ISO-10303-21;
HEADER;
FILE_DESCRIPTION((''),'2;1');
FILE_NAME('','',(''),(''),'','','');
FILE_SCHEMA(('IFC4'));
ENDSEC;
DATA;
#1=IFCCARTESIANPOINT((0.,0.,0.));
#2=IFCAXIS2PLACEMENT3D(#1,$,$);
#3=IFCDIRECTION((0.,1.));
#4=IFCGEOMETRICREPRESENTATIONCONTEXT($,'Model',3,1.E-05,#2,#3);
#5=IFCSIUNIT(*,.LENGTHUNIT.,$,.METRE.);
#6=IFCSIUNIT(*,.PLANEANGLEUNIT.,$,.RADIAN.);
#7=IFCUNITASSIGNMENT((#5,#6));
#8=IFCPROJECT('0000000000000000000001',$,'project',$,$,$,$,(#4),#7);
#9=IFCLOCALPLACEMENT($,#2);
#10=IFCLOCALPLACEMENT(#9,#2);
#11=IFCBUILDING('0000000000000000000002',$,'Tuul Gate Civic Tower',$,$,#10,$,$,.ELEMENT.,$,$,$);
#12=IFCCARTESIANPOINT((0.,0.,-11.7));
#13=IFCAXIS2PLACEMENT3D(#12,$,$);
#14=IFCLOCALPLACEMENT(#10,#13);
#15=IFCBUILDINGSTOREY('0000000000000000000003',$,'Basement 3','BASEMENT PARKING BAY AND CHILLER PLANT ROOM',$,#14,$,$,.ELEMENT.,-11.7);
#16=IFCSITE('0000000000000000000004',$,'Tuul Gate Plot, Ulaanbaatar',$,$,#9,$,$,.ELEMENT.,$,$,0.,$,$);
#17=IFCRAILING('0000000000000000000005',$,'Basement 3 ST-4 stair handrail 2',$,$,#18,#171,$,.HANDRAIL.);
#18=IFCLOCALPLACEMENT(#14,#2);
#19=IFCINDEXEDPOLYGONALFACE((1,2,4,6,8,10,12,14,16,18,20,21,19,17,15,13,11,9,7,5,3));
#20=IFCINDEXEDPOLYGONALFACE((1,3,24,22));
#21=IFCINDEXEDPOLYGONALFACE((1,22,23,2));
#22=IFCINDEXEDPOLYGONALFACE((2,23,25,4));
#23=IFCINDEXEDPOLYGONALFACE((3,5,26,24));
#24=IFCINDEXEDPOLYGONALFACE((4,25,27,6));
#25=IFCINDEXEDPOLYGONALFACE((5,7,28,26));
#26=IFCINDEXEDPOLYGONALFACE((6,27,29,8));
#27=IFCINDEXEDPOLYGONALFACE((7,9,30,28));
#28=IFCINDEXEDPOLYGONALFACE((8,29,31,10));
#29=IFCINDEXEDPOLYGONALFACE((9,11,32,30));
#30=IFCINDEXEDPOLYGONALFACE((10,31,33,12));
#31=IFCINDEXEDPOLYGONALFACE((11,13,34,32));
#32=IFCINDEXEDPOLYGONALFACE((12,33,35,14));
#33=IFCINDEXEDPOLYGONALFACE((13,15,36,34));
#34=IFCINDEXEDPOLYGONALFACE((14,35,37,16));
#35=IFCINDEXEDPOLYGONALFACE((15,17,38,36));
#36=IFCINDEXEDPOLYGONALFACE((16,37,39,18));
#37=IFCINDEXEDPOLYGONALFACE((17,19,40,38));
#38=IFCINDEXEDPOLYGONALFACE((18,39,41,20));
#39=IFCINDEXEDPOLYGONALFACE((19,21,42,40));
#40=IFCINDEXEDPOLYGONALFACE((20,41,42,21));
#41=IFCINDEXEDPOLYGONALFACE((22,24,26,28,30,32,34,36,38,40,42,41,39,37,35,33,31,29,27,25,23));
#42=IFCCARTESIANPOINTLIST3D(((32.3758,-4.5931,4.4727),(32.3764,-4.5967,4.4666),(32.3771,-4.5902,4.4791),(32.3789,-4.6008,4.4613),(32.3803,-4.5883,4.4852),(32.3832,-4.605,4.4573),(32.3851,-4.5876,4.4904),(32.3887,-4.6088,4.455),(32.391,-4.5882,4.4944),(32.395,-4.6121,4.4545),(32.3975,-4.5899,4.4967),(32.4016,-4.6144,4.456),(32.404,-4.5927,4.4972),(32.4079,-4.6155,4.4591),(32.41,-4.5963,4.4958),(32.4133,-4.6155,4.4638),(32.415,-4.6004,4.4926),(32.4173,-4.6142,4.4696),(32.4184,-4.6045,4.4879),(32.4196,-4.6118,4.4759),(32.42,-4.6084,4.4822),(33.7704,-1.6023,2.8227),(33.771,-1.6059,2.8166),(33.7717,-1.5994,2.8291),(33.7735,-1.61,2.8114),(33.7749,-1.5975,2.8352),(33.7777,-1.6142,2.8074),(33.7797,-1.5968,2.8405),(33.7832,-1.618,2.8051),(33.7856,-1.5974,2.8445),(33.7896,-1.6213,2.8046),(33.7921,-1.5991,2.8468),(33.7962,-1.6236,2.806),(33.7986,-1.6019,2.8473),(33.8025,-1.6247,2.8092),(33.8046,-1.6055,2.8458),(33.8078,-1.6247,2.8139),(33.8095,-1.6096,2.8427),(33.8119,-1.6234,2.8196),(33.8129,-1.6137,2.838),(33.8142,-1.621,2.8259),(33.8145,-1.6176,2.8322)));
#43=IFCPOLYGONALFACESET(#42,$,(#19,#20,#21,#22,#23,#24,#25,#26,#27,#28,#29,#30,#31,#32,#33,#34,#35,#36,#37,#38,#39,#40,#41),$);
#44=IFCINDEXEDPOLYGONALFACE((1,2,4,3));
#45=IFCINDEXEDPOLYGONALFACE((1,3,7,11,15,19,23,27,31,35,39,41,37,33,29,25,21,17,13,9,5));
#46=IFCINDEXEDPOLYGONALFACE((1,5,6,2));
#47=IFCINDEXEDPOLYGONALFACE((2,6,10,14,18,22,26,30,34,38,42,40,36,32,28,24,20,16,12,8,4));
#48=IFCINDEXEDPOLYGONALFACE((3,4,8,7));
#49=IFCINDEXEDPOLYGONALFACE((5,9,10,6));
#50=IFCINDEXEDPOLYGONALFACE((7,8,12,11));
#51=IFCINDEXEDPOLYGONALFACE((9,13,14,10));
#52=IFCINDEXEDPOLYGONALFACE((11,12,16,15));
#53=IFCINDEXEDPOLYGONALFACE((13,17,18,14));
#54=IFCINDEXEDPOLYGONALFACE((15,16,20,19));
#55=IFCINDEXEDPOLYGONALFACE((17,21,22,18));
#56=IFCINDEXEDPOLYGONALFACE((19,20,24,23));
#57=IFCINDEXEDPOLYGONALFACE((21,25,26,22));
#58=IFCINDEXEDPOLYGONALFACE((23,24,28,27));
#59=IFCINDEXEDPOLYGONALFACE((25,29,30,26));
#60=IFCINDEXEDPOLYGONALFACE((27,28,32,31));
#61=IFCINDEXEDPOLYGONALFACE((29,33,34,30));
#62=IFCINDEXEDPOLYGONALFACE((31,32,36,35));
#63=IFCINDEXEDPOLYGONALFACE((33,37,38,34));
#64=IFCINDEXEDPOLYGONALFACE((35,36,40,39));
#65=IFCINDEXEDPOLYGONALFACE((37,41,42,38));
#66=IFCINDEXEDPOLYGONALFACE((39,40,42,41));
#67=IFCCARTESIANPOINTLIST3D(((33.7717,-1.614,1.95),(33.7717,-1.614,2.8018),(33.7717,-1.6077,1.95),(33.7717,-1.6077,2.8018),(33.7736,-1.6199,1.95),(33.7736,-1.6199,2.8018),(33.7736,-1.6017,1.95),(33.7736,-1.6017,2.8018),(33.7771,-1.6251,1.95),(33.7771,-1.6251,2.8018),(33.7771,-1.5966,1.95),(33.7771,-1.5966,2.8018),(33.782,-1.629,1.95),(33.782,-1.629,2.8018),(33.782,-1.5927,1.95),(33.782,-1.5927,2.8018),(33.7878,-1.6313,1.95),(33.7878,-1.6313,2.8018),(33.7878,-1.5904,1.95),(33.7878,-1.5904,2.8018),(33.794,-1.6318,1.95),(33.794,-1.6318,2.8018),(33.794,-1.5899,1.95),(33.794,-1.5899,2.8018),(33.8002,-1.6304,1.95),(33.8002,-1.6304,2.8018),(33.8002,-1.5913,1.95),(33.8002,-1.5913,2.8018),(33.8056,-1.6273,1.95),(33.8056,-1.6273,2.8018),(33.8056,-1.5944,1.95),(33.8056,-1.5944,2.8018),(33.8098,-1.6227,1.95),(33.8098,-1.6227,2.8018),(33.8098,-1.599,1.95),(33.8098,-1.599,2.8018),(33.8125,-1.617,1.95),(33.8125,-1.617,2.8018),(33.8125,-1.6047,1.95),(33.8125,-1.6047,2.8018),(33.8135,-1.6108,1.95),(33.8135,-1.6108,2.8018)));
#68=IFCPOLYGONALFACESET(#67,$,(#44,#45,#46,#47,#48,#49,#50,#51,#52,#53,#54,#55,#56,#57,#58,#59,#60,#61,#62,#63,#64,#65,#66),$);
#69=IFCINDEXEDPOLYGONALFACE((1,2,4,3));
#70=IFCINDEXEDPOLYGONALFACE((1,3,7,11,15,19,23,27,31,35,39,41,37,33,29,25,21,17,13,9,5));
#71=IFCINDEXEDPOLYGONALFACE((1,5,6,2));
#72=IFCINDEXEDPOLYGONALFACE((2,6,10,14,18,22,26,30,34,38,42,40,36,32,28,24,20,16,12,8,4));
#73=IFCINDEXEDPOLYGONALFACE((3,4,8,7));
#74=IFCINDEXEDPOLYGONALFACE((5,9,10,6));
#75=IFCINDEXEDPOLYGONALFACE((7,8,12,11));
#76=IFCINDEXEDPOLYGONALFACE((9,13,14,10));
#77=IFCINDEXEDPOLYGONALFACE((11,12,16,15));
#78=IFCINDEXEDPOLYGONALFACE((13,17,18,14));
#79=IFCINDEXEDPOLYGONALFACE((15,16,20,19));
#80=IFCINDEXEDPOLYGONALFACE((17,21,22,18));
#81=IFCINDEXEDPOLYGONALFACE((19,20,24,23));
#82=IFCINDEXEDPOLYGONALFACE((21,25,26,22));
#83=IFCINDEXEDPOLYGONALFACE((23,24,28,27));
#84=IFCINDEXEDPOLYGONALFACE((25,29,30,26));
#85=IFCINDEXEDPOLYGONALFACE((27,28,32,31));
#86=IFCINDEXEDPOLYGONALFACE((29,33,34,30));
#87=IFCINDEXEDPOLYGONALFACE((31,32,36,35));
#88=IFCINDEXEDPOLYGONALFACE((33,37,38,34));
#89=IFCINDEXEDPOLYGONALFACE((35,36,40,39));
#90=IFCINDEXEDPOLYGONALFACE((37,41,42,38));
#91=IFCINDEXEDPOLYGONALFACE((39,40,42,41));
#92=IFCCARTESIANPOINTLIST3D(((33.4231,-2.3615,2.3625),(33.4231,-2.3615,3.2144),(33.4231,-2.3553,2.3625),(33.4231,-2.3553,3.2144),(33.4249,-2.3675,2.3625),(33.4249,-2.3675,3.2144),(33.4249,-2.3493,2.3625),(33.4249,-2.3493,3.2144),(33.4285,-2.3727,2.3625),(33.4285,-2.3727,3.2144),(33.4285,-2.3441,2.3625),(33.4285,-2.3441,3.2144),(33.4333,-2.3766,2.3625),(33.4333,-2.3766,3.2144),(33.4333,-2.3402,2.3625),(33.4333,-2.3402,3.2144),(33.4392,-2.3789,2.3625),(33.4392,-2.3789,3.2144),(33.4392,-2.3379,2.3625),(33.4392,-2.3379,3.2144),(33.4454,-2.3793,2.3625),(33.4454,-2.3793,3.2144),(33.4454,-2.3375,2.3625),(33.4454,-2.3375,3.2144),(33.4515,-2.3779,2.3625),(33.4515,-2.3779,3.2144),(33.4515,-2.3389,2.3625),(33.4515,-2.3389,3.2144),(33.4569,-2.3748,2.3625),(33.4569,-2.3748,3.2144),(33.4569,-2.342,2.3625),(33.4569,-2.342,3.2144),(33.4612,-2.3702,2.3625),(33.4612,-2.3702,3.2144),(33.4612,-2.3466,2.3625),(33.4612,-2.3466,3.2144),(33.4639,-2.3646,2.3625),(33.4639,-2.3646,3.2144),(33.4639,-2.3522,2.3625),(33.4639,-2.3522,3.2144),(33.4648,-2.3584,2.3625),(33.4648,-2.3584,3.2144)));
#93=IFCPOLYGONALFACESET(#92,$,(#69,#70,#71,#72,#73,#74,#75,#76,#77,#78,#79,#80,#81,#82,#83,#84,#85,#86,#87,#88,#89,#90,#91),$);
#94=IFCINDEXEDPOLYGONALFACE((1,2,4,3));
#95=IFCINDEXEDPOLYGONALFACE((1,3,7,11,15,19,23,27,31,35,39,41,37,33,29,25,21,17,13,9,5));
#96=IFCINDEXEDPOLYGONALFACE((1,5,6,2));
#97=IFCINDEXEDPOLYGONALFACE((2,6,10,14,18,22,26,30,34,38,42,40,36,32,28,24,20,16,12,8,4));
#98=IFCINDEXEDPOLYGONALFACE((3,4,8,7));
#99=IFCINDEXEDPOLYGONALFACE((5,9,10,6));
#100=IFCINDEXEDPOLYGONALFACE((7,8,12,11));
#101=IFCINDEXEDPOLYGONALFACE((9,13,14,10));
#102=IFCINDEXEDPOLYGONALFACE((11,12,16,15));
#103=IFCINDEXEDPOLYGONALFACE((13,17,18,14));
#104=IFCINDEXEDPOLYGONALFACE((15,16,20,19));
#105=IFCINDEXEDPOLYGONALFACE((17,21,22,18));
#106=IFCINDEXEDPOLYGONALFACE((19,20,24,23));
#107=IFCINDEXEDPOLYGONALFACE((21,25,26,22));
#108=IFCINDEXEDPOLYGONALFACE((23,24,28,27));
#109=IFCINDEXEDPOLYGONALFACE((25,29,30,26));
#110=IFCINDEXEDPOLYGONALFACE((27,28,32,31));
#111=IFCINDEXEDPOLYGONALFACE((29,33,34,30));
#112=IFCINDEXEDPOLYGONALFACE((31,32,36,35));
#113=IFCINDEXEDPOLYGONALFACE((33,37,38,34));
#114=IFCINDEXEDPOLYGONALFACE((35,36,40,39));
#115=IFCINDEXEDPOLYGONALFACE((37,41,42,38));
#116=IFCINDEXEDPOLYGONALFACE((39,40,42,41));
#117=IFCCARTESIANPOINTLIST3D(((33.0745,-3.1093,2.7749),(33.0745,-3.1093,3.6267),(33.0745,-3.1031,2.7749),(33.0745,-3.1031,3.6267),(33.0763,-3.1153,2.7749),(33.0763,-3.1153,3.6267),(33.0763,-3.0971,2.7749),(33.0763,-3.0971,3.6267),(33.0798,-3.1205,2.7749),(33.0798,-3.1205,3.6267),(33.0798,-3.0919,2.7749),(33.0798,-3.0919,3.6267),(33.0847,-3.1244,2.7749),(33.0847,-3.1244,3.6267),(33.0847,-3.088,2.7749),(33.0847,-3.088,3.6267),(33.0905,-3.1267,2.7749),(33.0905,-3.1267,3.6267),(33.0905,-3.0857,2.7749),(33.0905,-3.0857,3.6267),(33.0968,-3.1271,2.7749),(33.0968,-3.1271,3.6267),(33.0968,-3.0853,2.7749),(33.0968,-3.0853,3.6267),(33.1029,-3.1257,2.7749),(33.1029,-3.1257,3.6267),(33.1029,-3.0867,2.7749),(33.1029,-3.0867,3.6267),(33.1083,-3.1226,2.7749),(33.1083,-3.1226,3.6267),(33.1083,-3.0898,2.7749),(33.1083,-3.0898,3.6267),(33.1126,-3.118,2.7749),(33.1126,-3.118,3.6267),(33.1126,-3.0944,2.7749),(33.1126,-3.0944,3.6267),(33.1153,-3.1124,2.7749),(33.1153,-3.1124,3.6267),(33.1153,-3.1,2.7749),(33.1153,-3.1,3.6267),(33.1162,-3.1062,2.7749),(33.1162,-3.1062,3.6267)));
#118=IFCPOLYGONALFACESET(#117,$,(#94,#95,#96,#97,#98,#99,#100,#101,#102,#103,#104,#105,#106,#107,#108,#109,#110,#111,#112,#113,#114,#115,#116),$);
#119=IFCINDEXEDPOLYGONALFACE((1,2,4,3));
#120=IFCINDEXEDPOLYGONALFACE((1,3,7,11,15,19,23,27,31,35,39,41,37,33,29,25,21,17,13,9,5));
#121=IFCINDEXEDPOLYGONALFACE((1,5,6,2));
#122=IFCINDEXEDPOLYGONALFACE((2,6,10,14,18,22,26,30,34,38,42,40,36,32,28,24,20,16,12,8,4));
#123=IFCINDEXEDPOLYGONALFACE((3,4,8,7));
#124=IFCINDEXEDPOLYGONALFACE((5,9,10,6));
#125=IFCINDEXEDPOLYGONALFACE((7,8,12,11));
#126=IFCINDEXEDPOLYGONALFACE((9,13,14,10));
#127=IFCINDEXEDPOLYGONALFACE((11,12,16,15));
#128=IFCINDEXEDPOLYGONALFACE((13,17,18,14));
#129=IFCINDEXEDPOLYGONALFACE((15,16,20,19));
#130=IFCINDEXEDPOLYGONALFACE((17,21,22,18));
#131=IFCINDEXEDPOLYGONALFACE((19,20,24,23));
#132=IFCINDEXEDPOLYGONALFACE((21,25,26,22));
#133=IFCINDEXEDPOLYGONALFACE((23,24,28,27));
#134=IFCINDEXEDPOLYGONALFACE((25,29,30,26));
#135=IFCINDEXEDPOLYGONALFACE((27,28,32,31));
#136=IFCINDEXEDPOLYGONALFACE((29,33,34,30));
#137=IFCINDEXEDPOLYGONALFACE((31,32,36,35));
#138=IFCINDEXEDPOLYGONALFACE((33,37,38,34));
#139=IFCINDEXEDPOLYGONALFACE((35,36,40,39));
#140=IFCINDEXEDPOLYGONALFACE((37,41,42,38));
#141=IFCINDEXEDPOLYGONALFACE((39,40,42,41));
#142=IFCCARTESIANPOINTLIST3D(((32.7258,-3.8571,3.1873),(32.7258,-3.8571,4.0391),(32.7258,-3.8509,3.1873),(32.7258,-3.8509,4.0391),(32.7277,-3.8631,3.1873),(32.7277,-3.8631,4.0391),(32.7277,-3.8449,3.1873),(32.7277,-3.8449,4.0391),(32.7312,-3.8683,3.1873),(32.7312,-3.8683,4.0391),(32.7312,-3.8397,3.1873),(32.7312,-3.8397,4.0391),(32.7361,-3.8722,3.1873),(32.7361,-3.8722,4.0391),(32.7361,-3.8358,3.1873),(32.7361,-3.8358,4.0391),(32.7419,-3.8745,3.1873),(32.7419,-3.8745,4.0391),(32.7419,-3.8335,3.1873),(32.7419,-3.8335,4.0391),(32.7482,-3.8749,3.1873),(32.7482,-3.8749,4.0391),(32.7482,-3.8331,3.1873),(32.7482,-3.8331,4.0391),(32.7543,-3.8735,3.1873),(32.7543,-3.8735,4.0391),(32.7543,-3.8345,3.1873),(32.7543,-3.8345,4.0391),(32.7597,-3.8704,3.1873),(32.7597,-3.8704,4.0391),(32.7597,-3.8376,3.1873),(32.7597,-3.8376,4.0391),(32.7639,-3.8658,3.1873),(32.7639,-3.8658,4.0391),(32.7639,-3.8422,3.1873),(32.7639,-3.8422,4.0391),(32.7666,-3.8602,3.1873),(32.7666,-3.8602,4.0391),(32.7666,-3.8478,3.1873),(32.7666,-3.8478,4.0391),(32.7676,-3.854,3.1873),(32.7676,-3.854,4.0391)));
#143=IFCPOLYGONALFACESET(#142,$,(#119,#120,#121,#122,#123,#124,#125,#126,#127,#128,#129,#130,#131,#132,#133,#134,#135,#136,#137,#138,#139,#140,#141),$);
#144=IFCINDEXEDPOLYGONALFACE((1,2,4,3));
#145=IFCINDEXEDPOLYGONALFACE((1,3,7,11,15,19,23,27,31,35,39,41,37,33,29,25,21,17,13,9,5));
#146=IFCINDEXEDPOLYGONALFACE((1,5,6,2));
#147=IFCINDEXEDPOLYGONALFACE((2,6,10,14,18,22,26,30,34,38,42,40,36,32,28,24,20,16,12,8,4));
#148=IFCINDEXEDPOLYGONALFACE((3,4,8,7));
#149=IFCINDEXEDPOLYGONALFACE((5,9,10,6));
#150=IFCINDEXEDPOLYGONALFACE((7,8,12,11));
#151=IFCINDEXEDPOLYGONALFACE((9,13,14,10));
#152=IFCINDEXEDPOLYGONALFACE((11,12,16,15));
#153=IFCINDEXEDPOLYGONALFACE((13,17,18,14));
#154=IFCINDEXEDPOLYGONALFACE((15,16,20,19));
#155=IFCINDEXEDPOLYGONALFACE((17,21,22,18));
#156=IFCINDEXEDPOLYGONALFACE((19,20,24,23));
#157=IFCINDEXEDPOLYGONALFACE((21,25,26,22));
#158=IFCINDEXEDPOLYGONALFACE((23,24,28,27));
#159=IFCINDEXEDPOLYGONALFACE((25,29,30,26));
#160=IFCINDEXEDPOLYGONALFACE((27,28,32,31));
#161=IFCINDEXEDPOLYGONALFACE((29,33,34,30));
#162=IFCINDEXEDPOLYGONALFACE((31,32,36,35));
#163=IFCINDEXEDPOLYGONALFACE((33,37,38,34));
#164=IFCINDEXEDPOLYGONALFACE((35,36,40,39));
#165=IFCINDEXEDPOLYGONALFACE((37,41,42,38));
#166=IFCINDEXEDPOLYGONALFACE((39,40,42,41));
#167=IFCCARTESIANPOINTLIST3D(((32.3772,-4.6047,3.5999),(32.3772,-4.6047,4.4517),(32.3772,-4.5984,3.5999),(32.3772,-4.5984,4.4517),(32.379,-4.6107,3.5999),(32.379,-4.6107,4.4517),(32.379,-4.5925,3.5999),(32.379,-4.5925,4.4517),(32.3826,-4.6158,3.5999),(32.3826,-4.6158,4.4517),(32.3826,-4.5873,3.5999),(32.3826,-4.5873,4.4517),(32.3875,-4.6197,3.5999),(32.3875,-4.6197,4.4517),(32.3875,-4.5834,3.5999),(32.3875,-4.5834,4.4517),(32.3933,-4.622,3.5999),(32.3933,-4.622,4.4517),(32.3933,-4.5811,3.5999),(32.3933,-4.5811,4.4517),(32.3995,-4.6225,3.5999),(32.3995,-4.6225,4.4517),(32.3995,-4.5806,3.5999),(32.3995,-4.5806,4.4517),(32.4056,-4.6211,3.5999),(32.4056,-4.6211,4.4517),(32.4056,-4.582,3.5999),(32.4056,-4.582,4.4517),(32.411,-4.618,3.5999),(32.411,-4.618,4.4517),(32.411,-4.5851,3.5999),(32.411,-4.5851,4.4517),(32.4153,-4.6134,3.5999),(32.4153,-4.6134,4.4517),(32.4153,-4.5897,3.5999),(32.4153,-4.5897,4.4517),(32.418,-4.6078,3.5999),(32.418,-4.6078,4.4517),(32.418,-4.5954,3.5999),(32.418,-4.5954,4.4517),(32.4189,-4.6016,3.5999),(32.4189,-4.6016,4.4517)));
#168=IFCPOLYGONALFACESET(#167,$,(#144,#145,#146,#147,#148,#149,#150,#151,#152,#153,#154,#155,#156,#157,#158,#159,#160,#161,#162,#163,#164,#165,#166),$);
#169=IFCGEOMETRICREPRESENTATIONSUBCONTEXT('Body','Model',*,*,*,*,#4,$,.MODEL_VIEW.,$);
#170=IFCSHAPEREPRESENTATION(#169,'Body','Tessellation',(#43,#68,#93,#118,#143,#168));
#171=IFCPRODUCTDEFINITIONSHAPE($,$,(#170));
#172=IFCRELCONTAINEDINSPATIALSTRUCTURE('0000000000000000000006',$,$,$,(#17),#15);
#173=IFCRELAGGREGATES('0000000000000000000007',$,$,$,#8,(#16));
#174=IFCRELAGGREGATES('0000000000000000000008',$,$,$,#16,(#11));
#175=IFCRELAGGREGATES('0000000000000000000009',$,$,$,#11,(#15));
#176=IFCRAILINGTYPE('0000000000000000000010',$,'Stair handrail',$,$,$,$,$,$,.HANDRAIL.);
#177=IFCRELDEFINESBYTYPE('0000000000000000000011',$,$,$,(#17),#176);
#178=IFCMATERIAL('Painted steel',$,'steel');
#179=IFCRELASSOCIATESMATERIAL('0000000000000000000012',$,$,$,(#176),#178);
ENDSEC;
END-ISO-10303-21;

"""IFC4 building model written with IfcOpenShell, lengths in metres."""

from ifc_helpers import new_model, si_unit, direction, frame, origin, origin_2d, place, context, subcontext, project, spatial, circle, extrude, material, type_object, element, save


model = new_model("IFC4")

# Units and contexts
model_context = context("Model", 3, precision=1e-05, world=origin(), true_north=direction((0.0, 1.0)))
body_context = subcontext(model_context, "Body", "Model", "MODEL_VIEW")
ifc_project = project(units=[si_unit("LENGTHUNIT", "METRE"), si_unit("PLANEANGLEUNIT", "RADIAN")], contexts=[model_context])

# Site, building, storey
site_placement = place(None, origin())
site = spatial("IfcSite", under=ifc_project, at=site_placement, Name="Tuul Gate Plot, Ulaanbaatar", CompositionType="ELEMENT", RefElevation=0.0)
building_placement = place(site_placement, origin())
building = spatial("IfcBuilding", under=site, at=building_placement, Name="Tuul Gate Civic Tower", CompositionType="ELEMENT")
storey_placement = place(building_placement, frame((0.0, 0.0, -11.7)))
storey = spatial("IfcBuildingStorey", under=building, at=storey_placement, Name="Basement 3", Description="BASEMENT PARKING BAY AND CHILLER PLANT ROOM", CompositionType="ELEMENT", Elevation=-11.7)

# Railing
ifc_material_1 = material(Name="Painted steel", Category="steel")
railing_type_1 = type_object("IfcRailingType", Name="Stair handrail", PredefinedType="HANDRAIL", material=ifc_material_1)
railing_1_placement = place(storey_placement, frame((33.7925, -1.6108, 1.95)))
element("IfcRailing", 1, at=railing_1_placement, inside=storey, type_object=railing_type_1, Name="Basement 3 ST-4 stair handrail 2", PredefinedType="HANDRAIL", context=body_context, shape_type="SweptSolid", body=[
    extrude(circle(Radius=0.0239, at=origin_2d()), frame((0.0, 0.0, 0.876), z_axis=(-0.377988, -0.810636, 0.447207), x_axis=(0.906315, -0.422602, 0.0)), (0.0, 0.0, 1.0), 3.6895),
    extrude(circle(Radius=0.021, at=origin_2d()), origin(), (0.0, 0.0, 1.0), 0.8518),
    extrude(circle(Radius=0.021, at=origin_2d()), frame((-0.3486, -0.7476, 0.4126)), (0.0, 0.0, 1.0), 0.8518),
    extrude(circle(Radius=0.021, at=origin_2d()), frame((-0.6973, -1.4954, 0.825)), (0.0, 0.0, 1.0), 0.8518),
    extrude(circle(Radius=0.021, at=origin_2d()), frame((-1.0459, -2.2432, 1.2373)), (0.0, 0.0, 1.0), 0.8518),
    extrude(circle(Radius=0.021, at=origin_2d()), frame((-1.3945, -2.9907, 1.6499)), (0.0, 0.0, 1.0), 0.8518),
])

save(model, "model.ifc")
